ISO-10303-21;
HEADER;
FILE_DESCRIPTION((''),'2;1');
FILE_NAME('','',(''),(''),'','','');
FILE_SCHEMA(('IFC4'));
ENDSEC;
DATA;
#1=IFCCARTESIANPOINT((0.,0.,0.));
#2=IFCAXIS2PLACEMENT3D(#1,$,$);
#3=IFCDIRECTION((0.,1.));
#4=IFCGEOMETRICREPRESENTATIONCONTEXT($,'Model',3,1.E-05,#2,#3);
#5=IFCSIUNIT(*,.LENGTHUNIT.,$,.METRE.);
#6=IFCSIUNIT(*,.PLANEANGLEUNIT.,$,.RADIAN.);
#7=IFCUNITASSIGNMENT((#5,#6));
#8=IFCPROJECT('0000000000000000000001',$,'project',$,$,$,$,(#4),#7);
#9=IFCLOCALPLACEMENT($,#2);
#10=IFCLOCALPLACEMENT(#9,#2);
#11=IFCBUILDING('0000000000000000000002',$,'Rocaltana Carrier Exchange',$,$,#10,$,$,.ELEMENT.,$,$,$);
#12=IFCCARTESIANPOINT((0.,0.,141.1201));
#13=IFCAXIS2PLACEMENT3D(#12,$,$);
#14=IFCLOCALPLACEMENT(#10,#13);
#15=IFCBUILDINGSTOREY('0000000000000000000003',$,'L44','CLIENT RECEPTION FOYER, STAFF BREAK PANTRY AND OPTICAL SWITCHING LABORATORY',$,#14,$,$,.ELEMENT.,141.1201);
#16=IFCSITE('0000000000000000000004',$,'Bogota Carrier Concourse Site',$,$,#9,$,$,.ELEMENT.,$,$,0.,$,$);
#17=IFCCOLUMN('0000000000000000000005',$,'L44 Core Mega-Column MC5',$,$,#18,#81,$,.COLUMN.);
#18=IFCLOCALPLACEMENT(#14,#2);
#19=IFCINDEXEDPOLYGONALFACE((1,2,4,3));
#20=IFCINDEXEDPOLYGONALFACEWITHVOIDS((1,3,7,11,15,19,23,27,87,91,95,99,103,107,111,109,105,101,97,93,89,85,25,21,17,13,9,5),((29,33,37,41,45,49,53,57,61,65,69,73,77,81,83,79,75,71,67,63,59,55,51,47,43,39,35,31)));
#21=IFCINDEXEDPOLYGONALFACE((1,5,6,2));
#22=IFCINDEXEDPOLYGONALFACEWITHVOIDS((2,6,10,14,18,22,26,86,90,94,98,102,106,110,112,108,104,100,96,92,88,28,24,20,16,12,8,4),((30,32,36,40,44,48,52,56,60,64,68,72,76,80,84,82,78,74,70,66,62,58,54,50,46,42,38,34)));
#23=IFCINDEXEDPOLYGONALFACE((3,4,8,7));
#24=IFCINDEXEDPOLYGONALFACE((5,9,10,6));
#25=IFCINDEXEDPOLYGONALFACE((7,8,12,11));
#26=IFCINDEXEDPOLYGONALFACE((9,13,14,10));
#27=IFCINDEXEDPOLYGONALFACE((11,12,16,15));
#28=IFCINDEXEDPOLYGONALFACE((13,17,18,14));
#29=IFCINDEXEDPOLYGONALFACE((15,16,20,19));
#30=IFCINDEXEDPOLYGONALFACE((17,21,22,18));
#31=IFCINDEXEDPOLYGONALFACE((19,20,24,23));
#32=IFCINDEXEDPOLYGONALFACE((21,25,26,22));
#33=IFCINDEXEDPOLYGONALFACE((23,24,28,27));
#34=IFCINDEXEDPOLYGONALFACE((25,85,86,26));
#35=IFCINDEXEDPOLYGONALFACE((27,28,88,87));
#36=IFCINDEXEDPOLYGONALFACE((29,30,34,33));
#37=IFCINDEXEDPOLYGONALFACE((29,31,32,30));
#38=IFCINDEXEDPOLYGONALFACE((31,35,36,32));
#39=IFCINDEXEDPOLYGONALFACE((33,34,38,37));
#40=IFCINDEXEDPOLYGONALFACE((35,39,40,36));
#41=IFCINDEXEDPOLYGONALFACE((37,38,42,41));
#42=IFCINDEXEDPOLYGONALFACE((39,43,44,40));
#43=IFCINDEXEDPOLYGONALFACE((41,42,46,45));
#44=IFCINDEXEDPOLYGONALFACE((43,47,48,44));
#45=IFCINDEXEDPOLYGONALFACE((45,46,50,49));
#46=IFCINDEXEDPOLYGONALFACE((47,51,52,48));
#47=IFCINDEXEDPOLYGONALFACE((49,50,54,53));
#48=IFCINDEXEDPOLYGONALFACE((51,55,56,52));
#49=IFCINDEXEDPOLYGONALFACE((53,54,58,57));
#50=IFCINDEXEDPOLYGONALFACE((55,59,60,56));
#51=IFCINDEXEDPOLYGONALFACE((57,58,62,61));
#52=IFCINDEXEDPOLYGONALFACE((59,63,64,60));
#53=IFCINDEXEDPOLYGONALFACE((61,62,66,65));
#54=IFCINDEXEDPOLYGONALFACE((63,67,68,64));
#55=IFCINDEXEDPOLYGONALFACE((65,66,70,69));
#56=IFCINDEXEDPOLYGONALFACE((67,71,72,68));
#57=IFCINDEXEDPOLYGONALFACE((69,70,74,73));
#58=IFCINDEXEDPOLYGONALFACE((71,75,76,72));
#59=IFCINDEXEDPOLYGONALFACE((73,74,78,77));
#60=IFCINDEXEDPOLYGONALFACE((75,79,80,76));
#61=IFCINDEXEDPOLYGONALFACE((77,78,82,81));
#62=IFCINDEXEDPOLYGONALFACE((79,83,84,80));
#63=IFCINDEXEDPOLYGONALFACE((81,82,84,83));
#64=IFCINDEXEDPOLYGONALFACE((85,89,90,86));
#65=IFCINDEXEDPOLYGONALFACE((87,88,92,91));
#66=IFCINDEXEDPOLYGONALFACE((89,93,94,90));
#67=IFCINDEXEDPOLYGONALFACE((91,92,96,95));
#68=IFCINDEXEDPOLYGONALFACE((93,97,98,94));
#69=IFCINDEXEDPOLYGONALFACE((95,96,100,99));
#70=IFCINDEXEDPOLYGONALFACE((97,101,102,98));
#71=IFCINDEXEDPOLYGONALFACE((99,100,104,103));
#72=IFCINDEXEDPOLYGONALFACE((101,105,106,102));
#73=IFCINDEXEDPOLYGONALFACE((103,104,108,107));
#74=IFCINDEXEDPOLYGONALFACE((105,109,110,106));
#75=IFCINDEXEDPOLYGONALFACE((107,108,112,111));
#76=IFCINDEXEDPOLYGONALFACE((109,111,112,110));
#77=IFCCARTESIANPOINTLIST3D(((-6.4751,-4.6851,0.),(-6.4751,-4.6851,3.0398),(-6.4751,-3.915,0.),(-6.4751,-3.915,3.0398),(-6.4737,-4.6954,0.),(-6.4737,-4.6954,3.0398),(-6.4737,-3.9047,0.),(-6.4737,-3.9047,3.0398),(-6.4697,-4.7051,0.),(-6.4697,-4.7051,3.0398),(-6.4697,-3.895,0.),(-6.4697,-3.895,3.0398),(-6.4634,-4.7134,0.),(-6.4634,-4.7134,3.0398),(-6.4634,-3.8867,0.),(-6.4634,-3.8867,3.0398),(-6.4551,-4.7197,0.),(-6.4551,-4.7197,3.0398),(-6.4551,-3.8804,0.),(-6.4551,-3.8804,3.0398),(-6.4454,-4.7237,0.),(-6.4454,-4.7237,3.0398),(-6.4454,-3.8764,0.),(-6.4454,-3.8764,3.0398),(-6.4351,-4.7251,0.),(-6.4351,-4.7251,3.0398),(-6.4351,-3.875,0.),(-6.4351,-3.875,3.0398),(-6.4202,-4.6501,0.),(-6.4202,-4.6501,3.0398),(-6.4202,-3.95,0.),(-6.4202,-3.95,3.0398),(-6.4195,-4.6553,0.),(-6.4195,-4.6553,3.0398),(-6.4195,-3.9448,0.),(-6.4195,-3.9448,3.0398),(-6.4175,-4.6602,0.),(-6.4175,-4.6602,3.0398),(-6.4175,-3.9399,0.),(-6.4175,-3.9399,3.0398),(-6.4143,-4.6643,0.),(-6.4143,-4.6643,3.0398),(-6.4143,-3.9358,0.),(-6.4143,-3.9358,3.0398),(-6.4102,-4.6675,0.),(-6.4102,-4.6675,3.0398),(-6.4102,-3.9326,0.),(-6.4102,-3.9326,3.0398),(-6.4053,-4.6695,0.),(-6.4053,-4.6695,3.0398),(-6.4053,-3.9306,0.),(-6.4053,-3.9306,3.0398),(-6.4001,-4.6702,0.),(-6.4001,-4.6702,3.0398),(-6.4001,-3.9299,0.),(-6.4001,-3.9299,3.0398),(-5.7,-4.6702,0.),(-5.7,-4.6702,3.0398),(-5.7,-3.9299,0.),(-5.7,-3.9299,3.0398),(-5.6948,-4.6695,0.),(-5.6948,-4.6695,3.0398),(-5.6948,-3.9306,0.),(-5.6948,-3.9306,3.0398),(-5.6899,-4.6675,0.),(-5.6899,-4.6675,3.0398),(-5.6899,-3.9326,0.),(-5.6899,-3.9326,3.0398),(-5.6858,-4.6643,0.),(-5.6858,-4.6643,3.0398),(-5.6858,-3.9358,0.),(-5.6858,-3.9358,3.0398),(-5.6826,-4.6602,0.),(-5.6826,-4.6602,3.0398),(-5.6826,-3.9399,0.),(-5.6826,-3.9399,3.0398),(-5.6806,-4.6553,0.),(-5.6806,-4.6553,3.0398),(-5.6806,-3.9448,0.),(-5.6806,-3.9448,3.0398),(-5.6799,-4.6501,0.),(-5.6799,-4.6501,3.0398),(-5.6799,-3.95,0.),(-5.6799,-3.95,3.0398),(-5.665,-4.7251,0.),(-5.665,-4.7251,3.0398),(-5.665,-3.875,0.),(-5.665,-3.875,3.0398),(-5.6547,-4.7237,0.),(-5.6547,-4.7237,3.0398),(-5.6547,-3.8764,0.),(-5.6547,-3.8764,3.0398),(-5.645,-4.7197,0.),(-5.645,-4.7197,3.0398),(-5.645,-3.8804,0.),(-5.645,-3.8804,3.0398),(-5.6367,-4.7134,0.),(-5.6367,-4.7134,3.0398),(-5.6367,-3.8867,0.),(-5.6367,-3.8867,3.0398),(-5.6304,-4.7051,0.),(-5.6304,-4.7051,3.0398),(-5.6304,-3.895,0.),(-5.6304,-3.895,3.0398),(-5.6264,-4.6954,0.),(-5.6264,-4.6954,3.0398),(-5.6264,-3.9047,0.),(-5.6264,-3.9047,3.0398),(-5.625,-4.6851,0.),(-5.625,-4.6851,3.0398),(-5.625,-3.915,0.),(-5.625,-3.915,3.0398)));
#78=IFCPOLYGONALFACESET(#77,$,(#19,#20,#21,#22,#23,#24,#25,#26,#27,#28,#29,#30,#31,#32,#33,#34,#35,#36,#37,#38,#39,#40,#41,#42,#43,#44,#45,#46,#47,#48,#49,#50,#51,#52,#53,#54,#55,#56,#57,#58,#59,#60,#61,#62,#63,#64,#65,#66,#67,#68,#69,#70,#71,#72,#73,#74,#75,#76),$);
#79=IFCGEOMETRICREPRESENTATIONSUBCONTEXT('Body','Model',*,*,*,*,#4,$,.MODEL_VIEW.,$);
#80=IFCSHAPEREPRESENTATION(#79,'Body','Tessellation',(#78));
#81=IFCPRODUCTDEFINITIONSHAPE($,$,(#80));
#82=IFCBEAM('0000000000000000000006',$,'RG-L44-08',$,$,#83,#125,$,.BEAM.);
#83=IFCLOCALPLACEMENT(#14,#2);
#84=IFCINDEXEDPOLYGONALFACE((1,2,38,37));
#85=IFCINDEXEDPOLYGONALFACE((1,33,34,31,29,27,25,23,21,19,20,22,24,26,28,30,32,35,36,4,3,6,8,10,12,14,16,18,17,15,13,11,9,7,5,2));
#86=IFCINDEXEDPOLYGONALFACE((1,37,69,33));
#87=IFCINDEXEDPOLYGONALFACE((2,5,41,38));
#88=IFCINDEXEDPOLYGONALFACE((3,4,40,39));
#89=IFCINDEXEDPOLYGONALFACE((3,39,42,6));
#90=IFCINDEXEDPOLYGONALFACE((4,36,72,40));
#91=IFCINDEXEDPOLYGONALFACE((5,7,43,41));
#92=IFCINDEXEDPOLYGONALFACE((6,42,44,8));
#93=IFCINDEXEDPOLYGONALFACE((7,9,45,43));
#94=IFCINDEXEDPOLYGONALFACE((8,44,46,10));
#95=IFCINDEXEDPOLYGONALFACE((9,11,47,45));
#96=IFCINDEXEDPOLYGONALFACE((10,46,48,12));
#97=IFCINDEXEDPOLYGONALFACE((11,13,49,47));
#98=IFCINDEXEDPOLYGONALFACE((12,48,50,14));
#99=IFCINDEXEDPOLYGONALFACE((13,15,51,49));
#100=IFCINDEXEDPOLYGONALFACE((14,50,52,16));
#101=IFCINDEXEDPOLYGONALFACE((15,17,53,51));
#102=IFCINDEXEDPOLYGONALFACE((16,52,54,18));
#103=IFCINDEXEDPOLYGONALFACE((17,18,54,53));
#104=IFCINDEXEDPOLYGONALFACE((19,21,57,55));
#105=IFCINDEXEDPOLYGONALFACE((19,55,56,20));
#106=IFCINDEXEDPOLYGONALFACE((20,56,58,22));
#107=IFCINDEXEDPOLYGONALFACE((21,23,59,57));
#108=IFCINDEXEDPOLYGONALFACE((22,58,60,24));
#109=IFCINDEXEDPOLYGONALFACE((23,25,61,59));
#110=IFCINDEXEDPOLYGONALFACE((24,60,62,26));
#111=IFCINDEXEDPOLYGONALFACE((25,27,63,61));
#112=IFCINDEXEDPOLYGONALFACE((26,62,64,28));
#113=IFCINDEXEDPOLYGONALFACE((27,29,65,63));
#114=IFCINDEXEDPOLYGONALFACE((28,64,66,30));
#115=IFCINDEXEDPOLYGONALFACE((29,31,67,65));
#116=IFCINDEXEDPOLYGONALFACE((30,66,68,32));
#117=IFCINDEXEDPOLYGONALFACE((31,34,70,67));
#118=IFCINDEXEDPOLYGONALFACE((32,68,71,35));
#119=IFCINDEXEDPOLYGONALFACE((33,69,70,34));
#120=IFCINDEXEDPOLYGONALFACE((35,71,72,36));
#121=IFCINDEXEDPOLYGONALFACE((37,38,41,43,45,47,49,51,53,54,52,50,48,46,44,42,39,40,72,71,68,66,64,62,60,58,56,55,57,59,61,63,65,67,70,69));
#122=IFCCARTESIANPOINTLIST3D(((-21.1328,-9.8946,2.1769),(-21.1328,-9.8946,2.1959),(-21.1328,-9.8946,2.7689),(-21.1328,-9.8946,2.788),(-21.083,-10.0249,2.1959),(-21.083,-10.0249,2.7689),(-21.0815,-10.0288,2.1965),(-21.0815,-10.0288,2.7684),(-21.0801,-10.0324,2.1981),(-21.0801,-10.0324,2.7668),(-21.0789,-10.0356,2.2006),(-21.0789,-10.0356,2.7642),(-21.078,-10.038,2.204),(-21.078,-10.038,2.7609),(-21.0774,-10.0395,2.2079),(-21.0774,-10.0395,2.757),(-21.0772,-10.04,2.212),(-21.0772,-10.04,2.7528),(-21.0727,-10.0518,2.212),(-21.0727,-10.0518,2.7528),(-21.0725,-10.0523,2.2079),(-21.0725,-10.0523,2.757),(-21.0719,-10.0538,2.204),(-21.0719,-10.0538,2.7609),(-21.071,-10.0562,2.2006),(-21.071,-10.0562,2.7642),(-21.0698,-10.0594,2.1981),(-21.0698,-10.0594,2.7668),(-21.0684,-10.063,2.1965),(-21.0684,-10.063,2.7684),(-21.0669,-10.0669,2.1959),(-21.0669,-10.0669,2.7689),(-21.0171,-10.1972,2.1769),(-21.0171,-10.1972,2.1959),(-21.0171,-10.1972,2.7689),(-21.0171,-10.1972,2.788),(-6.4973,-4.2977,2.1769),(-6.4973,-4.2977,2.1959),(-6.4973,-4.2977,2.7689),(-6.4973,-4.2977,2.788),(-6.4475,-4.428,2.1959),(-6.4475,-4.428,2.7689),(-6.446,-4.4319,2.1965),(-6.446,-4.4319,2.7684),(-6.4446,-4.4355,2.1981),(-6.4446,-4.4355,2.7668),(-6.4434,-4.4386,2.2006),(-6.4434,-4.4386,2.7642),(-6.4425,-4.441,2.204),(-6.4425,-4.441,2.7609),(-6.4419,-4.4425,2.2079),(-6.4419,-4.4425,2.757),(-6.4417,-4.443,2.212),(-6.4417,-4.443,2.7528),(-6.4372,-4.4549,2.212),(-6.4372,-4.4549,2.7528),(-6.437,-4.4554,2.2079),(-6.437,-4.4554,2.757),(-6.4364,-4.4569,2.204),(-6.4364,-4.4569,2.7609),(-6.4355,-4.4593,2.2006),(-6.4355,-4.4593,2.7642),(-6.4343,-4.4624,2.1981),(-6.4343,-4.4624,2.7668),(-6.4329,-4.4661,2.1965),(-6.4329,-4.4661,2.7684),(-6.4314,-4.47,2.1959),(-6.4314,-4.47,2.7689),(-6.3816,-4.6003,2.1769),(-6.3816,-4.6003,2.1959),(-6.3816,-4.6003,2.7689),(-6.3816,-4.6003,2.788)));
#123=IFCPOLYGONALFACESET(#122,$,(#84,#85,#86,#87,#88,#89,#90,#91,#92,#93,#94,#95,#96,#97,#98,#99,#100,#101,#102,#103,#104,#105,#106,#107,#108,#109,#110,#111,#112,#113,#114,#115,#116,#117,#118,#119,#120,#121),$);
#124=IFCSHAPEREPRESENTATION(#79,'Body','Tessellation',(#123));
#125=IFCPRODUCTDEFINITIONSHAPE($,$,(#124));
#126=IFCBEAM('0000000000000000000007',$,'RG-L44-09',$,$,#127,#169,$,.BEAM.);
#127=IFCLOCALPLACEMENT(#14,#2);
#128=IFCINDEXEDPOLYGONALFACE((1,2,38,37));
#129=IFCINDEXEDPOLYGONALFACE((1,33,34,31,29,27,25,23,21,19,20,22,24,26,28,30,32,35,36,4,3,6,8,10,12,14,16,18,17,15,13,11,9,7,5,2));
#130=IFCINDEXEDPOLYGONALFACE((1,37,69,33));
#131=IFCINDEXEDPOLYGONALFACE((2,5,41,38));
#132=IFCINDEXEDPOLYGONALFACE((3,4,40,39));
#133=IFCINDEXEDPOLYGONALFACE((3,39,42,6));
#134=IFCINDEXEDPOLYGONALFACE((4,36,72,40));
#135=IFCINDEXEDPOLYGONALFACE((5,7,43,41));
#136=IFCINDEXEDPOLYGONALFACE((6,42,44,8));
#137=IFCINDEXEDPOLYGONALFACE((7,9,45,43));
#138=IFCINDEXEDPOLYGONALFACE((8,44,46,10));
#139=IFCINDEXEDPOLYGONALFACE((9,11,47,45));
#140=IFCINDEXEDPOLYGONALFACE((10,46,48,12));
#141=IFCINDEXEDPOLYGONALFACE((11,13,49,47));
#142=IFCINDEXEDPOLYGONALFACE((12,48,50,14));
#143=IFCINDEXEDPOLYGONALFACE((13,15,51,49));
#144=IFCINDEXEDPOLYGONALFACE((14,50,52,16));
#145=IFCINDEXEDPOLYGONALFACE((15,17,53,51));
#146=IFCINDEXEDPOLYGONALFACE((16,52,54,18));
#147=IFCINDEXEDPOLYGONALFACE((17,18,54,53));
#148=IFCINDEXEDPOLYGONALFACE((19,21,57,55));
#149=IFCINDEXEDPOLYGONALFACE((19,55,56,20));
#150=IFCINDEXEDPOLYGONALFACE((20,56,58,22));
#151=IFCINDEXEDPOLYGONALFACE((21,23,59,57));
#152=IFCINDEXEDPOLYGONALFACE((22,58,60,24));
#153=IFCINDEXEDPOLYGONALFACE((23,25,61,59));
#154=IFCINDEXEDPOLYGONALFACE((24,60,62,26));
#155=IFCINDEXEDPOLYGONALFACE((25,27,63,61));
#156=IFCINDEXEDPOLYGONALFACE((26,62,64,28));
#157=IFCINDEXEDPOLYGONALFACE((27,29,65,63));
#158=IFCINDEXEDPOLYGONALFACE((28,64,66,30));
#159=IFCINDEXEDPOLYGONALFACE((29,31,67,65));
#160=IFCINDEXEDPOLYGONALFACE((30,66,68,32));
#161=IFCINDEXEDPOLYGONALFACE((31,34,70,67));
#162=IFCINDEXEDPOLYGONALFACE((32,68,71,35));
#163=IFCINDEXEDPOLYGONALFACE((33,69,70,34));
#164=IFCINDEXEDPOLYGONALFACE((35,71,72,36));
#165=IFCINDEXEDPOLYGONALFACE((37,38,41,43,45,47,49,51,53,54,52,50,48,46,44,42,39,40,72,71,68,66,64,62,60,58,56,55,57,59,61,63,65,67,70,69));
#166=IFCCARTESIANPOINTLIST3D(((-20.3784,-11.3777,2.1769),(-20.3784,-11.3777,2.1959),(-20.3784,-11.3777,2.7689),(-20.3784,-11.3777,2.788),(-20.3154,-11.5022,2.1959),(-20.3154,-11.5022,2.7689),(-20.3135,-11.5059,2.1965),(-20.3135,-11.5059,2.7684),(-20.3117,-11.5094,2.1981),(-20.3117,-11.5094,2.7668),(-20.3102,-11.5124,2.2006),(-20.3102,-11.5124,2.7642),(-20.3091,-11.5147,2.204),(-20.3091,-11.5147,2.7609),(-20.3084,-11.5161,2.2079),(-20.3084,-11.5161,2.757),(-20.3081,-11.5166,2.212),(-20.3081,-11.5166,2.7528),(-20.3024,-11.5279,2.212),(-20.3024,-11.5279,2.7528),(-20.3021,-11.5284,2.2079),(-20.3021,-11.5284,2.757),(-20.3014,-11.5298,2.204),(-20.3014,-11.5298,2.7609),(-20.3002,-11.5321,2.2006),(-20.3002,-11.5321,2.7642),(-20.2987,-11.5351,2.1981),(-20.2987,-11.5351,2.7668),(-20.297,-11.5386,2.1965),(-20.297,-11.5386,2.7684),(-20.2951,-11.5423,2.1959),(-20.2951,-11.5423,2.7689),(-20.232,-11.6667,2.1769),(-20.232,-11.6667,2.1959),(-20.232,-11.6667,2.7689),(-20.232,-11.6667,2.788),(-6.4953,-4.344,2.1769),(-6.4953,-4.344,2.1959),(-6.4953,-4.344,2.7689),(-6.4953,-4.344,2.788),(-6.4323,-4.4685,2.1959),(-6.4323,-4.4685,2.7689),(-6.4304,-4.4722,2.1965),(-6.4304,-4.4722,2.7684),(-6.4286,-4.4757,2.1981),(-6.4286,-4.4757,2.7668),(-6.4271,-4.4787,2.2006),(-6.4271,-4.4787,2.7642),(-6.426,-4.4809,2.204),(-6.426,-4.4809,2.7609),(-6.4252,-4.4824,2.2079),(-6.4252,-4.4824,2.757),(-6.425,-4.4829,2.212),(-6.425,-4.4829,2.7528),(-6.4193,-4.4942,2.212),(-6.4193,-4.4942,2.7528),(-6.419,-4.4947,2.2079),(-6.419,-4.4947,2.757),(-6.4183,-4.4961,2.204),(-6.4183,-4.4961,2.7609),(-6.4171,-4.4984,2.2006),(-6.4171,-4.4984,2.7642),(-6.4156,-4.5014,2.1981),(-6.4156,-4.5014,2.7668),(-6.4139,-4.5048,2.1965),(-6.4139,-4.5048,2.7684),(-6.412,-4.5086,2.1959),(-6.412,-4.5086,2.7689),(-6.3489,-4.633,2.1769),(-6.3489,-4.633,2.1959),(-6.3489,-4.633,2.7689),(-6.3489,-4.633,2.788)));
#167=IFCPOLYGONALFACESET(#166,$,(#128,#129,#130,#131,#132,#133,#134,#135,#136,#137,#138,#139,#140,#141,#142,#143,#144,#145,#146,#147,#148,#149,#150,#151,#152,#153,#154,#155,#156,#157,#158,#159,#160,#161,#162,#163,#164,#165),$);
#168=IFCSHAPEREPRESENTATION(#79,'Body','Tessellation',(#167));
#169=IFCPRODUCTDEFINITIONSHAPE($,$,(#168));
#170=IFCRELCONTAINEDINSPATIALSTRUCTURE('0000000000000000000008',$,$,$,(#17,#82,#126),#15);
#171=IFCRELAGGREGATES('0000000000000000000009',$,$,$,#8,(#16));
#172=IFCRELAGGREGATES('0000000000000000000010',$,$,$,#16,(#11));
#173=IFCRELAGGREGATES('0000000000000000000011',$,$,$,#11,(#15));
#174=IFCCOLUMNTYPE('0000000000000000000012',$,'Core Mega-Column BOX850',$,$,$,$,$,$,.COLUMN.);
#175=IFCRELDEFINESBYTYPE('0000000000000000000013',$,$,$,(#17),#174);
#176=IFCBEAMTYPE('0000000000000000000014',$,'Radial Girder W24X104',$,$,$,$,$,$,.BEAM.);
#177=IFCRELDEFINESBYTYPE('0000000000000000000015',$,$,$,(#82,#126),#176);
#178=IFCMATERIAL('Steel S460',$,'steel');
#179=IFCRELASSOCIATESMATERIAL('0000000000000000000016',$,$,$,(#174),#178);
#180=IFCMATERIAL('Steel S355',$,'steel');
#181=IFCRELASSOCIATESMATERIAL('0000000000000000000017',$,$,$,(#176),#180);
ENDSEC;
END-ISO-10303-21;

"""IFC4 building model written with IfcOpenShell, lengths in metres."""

from ifc_helpers import new_model, si_unit, direction, frame, origin, origin_2d, place, context, subcontext, project, spatial, hollow_rectangle, i_section, extrude, material, material_profile, profile_set, type_object, element, save


model = new_model("IFC4")

# Units and contexts
model_context = context("Model", 3, precision=1e-05, world=origin(), true_north=direction((0.0, 1.0)))
body_context = subcontext(model_context, "Body", "Model", "MODEL_VIEW")
ifc_project = project(units=[si_unit("LENGTHUNIT", "METRE"), si_unit("PLANEANGLEUNIT", "RADIAN")], contexts=[model_context])

# Site, building, storey
site_placement = place(None, origin())
site = spatial("IfcSite", under=ifc_project, at=site_placement, Name="Bogota Carrier Concourse Site", CompositionType="ELEMENT", RefElevation=0.0)
building_placement = place(site_placement, origin())
building = spatial("IfcBuilding", under=site, at=building_placement, Name="Rocaltana Carrier Exchange", CompositionType="ELEMENT")
storey_placement = place(building_placement, frame((0.0, 0.0, 141.1201)))
storey = spatial("IfcBuildingStorey", under=building, at=storey_placement, Name="L44", Description="CLIENT RECEPTION FOYER, STAFF BREAK PANTRY AND OPTICAL SWITCHING LABORATORY", CompositionType="ELEMENT", Elevation=141.1201)

# Column
ifc_material_1 = material(Name="Steel S460", Category="steel")
ifc_material_profile_1 = material_profile(ifc_material_1, hollow_rectangle(XDim=0.8501, YDim=0.8501, WallThickness=0.0549, InnerFilletRadius=0.02, OuterFilletRadius=0.04, at=origin_2d()), Name="BOX850X850X55")
ifc_profile_set_1 = profile_set([ifc_material_profile_1], Name="Steel S460")
column_type = type_object("IfcColumnType", Name="Core Mega-Column BOX850", PredefinedType="COLUMN", material=ifc_profile_set_1)
column_placement = place(storey_placement, frame((-6.05, -4.3, 0.0), z_axis=(0.0, 0.0, 1.0), x_axis=(1.0, 0.0, 0.0)))
element("IfcColumn", 1, at=column_placement, inside=storey, type_object=column_type, Name="L44 Core Mega-Column MC5", PredefinedType="COLUMN", context=body_context, shape_type="SweptSolid", body=[
    extrude(hollow_rectangle(XDim=0.8501, YDim=0.8501, WallThickness=0.0549, InnerFilletRadius=0.02, OuterFilletRadius=0.04, at=origin_2d()), origin(), (0.0, 0.0, 1.0), 3.0398),
])

# Beams
ifc_material_2 = material(Name="Steel S355", Category="steel")
ifc_material_profile_2 = material_profile(ifc_material_2, i_section(OverallWidth=0.324, OverallDepth=0.6111, WebThickness=0.0127, FlangeThickness=0.019, FilletRadius=0.0161, at=origin_2d()), Name="W24X104")
ifc_profile_set_2 = profile_set([ifc_material_profile_2], Name="Steel S355")
beam_type = type_object("IfcBeamType", Name="Radial Girder W24X104", PredefinedType="BEAM", material=ifc_profile_set_2)
beam_1_placement = place(storey_placement, frame((-6.4395, -4.449, 2.4824), z_axis=(-0.934031, -0.357193, 0.0), x_axis=(0.357193, -0.934031, 0.0)))
element("IfcBeam", 2, at=beam_1_placement, inside=storey, type_object=beam_type, Name="RG-L44-08", PredefinedType="BEAM", context=body_context, shape_type="SweptSolid", body=[
    extrude(i_section(OverallWidth=0.324, OverallDepth=0.6111, WebThickness=0.0127, FlangeThickness=0.019, FilletRadius=0.0161, at=origin_2d()), origin(), (0.0, 0.0, 1.0), 15.6692),
])
beam_2_placement = place(storey_placement, frame((-6.4221, -4.4885, 2.4824), z_axis=(-0.892046, -0.451945, 0.0), x_axis=(0.451945, -0.892046, 0.0)))
element("IfcBeam", 3, at=beam_2_placement, inside=storey, type_object=beam_type, Name="RG-L44-09", PredefinedType="BEAM", context=body_context, shape_type="SweptSolid", body=[
    extrude(i_section(OverallWidth=0.324, OverallDepth=0.6111, WebThickness=0.0127, FlangeThickness=0.019, FilletRadius=0.0161, at=origin_2d()), origin(), (0.0, 0.0, 1.0), 15.5632),
])

save(model, "model.ifc")
